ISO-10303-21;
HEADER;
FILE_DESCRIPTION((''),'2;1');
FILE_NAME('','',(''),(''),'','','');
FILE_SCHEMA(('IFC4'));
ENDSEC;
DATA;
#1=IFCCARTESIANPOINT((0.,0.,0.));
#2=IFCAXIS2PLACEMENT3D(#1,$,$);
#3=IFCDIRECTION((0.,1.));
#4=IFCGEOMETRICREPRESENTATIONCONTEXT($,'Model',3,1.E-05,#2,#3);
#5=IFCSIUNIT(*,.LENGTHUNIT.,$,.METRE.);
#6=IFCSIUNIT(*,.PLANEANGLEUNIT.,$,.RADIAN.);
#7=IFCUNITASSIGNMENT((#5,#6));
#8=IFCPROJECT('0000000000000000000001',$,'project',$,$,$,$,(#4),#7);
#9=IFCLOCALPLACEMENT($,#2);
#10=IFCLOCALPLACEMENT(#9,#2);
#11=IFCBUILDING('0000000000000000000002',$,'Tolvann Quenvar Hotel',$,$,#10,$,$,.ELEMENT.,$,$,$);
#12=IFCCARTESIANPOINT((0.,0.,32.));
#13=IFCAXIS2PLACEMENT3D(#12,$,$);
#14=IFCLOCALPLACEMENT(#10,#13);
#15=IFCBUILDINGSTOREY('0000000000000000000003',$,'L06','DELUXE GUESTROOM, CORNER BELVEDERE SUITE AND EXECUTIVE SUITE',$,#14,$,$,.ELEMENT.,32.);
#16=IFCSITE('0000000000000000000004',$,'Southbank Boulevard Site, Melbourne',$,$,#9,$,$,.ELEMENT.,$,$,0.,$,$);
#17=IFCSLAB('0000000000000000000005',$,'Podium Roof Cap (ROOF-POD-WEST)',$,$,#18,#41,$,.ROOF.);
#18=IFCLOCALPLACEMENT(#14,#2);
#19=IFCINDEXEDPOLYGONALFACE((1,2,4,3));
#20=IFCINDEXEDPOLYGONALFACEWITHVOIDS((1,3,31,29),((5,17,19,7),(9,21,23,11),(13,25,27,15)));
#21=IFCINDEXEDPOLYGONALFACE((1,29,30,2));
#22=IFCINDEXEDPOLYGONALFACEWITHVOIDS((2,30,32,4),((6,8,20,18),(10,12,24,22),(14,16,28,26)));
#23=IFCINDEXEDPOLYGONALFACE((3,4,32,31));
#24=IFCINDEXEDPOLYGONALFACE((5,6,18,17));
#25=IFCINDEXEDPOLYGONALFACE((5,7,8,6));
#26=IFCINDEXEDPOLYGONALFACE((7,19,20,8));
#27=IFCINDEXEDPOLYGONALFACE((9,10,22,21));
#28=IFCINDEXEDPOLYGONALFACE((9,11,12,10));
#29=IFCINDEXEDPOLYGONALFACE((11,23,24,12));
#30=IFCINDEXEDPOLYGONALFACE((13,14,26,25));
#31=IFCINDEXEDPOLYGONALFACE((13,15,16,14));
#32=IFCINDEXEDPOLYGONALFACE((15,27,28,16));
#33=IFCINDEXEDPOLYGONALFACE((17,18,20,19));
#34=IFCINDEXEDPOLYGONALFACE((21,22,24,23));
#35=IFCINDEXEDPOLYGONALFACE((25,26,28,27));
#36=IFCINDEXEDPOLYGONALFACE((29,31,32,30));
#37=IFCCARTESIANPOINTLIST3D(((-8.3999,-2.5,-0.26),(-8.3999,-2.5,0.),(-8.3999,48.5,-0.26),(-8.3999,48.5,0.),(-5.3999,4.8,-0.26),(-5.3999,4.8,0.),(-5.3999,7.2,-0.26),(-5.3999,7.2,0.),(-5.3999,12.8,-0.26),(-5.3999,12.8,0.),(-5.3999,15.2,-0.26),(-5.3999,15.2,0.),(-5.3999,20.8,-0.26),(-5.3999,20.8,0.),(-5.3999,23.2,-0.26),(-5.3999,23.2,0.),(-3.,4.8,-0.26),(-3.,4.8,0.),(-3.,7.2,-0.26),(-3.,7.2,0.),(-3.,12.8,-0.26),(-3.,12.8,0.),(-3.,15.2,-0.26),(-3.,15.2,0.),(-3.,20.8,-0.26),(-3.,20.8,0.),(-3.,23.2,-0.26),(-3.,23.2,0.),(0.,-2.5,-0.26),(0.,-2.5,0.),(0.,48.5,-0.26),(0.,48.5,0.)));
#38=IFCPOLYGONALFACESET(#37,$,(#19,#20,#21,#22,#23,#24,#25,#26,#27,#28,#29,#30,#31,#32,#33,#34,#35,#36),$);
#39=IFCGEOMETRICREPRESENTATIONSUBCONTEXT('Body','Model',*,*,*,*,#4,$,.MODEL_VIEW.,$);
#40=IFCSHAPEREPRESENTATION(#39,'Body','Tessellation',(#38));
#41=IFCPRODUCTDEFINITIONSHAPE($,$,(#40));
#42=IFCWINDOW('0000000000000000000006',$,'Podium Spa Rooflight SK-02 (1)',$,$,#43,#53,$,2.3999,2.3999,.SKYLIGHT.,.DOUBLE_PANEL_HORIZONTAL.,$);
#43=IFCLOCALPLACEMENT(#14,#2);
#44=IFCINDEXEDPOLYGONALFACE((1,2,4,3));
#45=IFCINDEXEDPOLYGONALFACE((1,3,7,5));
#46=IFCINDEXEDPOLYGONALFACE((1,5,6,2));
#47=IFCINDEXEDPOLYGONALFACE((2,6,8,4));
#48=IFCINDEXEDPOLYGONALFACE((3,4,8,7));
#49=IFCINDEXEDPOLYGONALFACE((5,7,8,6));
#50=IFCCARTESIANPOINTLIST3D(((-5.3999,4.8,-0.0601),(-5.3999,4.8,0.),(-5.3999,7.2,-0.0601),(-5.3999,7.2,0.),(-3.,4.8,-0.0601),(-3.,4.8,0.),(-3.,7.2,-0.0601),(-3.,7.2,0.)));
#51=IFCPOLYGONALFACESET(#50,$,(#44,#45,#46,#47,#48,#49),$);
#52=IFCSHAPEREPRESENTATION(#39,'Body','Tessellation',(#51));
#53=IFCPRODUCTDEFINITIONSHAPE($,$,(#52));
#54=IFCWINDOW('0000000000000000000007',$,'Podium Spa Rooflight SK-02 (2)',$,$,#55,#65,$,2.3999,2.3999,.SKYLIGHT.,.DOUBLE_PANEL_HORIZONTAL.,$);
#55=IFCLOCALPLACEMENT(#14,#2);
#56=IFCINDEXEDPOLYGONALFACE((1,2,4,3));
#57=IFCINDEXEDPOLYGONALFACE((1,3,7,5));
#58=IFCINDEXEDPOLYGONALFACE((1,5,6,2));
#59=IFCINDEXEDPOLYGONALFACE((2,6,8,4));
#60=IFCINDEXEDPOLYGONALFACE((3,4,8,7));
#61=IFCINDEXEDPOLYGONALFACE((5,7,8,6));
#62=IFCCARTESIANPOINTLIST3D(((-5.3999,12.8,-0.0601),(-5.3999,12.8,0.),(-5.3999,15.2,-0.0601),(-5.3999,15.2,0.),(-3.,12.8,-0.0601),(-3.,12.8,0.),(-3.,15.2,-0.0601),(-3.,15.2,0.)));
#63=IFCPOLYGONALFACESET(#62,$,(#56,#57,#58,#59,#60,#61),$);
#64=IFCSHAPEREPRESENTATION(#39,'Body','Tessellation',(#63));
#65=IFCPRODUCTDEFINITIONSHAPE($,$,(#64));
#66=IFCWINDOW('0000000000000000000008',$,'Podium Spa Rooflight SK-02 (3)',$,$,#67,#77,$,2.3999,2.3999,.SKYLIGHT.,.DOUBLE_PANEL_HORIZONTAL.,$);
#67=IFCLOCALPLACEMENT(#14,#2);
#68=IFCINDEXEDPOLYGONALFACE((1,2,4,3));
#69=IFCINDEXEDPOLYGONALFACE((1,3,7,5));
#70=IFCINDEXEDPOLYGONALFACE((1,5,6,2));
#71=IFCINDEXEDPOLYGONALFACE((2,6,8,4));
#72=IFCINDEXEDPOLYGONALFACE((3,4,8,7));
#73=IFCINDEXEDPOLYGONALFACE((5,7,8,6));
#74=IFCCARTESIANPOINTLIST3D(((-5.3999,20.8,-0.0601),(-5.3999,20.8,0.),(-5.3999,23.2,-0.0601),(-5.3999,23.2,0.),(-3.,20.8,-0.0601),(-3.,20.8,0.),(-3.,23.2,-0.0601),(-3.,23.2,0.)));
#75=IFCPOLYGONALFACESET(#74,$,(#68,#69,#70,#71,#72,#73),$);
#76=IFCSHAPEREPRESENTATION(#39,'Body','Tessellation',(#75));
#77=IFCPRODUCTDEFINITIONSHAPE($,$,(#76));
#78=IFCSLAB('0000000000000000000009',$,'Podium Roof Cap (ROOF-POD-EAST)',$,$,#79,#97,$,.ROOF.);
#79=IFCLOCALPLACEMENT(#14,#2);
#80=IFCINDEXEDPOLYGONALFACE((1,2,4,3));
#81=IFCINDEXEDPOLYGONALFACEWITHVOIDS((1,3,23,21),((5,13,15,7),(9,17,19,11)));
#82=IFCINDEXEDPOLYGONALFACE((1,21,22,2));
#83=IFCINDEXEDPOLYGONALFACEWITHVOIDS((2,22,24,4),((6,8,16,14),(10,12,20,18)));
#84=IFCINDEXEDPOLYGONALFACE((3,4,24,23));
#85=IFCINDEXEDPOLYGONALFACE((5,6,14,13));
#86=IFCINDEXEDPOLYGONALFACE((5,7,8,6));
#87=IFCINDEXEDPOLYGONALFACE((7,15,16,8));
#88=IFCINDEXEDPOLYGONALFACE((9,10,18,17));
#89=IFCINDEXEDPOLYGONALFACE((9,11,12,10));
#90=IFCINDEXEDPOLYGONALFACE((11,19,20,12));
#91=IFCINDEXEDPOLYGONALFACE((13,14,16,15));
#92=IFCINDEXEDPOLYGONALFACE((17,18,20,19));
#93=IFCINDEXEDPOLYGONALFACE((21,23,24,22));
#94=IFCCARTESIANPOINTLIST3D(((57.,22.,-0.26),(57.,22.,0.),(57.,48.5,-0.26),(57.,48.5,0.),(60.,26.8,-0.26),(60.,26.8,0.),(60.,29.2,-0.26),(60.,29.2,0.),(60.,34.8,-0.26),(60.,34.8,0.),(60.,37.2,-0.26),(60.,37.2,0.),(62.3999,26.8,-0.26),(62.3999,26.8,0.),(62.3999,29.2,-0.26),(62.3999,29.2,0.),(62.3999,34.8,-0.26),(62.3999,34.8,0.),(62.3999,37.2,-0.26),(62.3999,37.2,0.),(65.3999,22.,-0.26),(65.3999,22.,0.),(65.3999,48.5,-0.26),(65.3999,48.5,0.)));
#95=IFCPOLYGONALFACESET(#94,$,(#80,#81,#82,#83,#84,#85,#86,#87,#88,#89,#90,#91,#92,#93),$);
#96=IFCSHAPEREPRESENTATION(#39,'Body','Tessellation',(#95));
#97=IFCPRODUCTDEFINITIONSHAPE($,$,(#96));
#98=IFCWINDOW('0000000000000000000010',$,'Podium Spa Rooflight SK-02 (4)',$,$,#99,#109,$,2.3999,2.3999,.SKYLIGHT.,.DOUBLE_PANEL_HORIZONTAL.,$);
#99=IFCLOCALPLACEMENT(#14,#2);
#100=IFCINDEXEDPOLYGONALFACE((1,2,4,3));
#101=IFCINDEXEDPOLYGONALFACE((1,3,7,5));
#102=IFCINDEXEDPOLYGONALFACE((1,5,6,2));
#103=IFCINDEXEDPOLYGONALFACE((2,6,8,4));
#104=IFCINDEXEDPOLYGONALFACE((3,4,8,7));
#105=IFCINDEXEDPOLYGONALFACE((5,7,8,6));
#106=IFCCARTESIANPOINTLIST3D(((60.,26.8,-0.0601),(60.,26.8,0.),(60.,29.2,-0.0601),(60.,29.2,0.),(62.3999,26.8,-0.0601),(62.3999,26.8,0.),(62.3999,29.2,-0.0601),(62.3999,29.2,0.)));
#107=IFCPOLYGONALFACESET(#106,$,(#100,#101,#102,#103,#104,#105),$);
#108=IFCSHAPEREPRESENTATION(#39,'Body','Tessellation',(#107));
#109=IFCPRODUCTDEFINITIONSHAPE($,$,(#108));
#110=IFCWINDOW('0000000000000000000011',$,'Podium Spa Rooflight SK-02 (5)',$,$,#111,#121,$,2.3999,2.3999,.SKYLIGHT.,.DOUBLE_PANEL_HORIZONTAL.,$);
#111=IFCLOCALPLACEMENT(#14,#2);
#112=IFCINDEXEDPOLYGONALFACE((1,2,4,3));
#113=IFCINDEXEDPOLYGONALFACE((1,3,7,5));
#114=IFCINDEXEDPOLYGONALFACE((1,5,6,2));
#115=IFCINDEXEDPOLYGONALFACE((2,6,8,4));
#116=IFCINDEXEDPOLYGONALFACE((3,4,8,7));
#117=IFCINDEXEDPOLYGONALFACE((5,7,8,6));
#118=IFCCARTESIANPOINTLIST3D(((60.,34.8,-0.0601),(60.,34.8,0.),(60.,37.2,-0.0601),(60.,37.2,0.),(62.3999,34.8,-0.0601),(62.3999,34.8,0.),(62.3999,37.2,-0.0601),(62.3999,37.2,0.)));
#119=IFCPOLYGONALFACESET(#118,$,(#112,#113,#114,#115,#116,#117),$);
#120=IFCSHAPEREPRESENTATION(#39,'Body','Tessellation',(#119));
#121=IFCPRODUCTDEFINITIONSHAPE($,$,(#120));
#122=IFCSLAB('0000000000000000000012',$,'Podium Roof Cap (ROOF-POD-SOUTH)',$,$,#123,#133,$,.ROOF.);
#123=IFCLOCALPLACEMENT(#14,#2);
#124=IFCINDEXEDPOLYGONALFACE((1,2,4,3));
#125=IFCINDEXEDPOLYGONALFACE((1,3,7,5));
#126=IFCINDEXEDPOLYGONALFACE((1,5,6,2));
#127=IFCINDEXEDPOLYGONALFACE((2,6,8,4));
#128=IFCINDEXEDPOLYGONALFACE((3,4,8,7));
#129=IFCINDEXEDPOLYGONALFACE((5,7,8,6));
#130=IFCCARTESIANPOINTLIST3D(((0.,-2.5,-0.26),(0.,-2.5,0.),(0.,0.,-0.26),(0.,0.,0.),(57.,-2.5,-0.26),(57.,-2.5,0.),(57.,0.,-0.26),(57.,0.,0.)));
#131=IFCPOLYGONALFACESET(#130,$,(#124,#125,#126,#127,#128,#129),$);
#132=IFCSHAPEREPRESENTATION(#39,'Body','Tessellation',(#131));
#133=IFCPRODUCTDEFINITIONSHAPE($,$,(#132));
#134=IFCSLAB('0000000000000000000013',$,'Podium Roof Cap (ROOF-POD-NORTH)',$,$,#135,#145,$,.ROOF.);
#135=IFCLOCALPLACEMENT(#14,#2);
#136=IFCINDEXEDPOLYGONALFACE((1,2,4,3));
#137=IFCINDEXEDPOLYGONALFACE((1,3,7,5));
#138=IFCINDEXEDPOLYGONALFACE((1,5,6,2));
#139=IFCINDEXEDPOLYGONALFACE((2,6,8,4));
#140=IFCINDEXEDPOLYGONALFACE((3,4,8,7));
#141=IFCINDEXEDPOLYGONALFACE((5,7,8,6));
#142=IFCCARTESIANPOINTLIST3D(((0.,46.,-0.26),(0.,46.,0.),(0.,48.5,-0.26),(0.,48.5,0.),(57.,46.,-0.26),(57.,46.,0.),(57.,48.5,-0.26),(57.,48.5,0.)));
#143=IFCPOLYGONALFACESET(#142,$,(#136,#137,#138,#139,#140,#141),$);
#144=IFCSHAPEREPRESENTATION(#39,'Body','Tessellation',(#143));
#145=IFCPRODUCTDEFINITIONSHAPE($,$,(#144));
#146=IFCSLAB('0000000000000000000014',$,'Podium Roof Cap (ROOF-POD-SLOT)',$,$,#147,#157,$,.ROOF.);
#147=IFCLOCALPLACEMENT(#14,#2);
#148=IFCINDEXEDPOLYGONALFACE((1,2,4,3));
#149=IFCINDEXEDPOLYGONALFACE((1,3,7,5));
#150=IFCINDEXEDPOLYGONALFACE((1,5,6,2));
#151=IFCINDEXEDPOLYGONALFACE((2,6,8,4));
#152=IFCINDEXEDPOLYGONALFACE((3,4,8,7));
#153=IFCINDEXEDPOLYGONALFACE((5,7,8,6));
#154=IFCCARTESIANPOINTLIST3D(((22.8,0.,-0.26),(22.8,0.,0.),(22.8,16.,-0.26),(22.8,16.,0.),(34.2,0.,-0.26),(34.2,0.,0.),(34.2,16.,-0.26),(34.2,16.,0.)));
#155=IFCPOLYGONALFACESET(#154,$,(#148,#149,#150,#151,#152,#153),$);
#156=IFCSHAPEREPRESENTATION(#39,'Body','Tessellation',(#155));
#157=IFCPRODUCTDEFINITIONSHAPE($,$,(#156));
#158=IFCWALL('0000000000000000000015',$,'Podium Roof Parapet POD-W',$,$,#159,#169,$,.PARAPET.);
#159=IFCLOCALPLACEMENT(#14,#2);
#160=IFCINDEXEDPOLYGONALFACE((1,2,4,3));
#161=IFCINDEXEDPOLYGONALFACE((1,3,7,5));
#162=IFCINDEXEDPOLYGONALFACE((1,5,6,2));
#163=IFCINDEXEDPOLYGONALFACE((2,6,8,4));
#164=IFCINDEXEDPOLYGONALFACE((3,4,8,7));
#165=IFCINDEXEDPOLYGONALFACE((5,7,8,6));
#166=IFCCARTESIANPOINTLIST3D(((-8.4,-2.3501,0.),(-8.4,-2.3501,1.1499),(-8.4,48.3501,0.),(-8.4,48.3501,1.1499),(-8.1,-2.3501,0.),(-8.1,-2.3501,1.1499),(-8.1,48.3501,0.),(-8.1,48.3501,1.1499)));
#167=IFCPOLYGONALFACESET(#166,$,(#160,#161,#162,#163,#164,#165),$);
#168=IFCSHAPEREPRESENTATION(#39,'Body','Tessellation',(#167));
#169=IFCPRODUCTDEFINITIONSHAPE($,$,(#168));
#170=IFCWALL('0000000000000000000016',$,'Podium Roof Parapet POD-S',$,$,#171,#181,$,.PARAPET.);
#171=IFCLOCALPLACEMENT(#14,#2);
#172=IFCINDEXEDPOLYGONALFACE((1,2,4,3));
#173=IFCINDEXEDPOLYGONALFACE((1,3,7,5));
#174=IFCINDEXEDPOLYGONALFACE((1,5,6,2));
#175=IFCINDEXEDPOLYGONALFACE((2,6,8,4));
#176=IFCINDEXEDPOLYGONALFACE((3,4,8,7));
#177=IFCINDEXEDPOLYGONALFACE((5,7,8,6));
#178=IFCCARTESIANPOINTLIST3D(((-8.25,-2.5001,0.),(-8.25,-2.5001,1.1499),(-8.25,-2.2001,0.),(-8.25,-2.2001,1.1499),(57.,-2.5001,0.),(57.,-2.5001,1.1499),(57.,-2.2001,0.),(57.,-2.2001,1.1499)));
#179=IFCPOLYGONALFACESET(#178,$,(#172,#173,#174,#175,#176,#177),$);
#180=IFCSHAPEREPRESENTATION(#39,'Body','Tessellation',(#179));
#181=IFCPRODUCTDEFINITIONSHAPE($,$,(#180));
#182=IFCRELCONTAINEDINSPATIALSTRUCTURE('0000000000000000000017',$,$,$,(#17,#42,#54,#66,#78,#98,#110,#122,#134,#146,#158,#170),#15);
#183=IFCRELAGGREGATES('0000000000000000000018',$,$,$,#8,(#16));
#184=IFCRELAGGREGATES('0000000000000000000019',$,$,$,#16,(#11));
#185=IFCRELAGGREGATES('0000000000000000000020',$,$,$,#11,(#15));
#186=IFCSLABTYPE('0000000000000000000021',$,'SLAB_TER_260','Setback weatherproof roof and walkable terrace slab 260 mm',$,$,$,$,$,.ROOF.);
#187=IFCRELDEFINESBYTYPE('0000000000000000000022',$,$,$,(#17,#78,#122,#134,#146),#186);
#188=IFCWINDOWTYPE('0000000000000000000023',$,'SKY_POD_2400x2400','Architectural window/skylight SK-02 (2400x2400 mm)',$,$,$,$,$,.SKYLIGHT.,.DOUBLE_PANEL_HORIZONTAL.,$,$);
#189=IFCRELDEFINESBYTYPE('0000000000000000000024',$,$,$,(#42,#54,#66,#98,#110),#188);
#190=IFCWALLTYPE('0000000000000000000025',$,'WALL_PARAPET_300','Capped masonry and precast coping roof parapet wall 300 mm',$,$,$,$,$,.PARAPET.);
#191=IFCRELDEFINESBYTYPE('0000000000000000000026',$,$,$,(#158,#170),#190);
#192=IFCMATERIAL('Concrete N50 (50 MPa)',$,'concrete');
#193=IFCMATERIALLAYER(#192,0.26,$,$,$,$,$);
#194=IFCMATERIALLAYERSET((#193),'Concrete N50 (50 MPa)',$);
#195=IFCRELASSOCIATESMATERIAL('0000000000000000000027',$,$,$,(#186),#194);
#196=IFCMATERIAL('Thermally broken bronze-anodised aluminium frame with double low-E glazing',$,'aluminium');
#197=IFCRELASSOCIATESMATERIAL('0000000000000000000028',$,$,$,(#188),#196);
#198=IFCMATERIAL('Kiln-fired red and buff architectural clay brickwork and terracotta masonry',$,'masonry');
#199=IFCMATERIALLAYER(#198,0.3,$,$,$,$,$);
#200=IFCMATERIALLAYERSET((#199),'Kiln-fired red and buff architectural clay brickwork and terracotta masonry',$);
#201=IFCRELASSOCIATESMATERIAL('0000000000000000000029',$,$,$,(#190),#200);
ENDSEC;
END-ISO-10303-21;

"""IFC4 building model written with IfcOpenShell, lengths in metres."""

from ifc_helpers import new_model, si_unit, direction, frame, frame_2d, origin, origin_2d, place, context, subcontext, project, spatial, polyline, rectangle, outline, extrude, material, layer, layer_set, type_object, element, fill, save


model = new_model("IFC4")

# Units and contexts
model_context = context("Model", 3, precision=1e-05, world=origin(), true_north=direction((0.0, 1.0)))
body_context = subcontext(model_context, "Body", "Model", "MODEL_VIEW")
ifc_project = project(units=[si_unit("LENGTHUNIT", "METRE"), si_unit("PLANEANGLEUNIT", "RADIAN")], contexts=[model_context])

# Site, building, storey
site_placement = place(None, origin())
site = spatial("IfcSite", under=ifc_project, at=site_placement, Name="Southbank Boulevard Site, Melbourne", CompositionType="ELEMENT", RefElevation=0.0)
building_placement = place(site_placement, origin())
building = spatial("IfcBuilding", under=site, at=building_placement, Name="Tolvann Quenvar Hotel", CompositionType="ELEMENT")
storey_placement = place(building_placement, frame((0.0, 0.0, 32.0)))
storey = spatial("IfcBuildingStorey", under=building, at=storey_placement, Name="L06", Description="DELUXE GUESTROOM, CORNER BELVEDERE SUITE AND EXECUTIVE SUITE", CompositionType="ELEMENT", Elevation=32.0)

# Shared definitions
ifc_material_1 = material(Name="Concrete N50 (50 MPa)", Category="concrete")

# Slabs, openings, windows
ifc_layer_1 = layer(ifc_material_1, 0.26)
ifc_layer_set_1 = layer_set([ifc_layer_1], Name="Concrete N50 (50 MPa)")
slab_type_1 = type_object("IfcSlabType", Name="SLAB_TER_260", Description="Setback weatherproof roof and walkable terrace slab 260 mm", PredefinedType="ROOF", material=ifc_layer_set_1)
slab_1_placement = place(storey_placement, frame((0.0, 0.0, -0.26)))
slab_1 = element("IfcSlab", 1, at=slab_1_placement, inside=storey, type_object=slab_type_1, Name="Podium Roof Cap (ROOF-POD-WEST)", PredefinedType="ROOF", context=body_context, shape_type="SweptSolid", body=[
    extrude(outline(polyline([(-8.3999, -2.5), (0.0, -2.5), (0.0, 48.5), (-8.3999, 48.5), (-8.3999, -2.5)])), origin(), (0.0, 0.0, 1.0), 0.26),
])
opening_1_placement = place(slab_1_placement, frame((-4.2, 6.0, 0.0)))
opening_1 = element("IfcOpeningElement", 2, at=opening_1_placement, cuts=slab_1, PredefinedType="OPENING", context=body_context, shape_type="SweptSolid", body=[
    extrude(rectangle(XDim=2.3999, YDim=2.3999, at=origin_2d()), frame((0.0, 0.0, -0.01)), (0.0, 0.0, 1.0), 0.28),
])
opening_2_placement = place(slab_1_placement, frame((-4.2, 14.0, 0.0)))
opening_2 = element("IfcOpeningElement", 3, at=opening_2_placement, cuts=slab_1, PredefinedType="OPENING", context=body_context, shape_type="SweptSolid", body=[
    extrude(rectangle(XDim=2.3999, YDim=2.3999, at=origin_2d()), frame((0.0, 0.0, -0.01)), (0.0, 0.0, 1.0), 0.28),
])
opening_3_placement = place(slab_1_placement, frame((-4.2, 22.0, 0.0)))
opening_3 = element("IfcOpeningElement", 4, at=opening_3_placement, cuts=slab_1, PredefinedType="OPENING", context=body_context, shape_type="SweptSolid", body=[
    extrude(rectangle(XDim=2.3999, YDim=2.3999, at=origin_2d()), frame((0.0, 0.0, -0.01)), (0.0, 0.0, 1.0), 0.28),
])
ifc_material_2 = material(Name="Thermally broken bronze-anodised aluminium frame with double low-E glazing", Category="aluminium")
window_type = type_object("IfcWindowType", Name="SKY_POD_2400x2400", Description="Architectural window/skylight SK-02 (2400x2400 mm)", PartitioningType="DOUBLE_PANEL_HORIZONTAL", PredefinedType="SKYLIGHT", material=ifc_material_2)
window_1_placement = place(opening_1_placement, frame((0.0, 0.0, 0.2)))
window_1 = element("IfcWindow", 5, at=window_1_placement, inside=storey, type_object=window_type, Name="Podium Spa Rooflight SK-02 (1)", OverallHeight=2.3999, OverallWidth=2.3999, PartitioningType="DOUBLE_PANEL_HORIZONTAL", PredefinedType="SKYLIGHT", context=body_context, shape_type="SweptSolid", body=[
    extrude(rectangle(XDim=2.3999, YDim=2.3999, at=origin_2d()), origin(), (0.0, 0.0, 1.0), 0.0601),
])
fill(opening_1, window_1)
window_2_placement = place(opening_2_placement, frame((0.0, 0.0, 0.2)))
window_2 = element("IfcWindow", 6, at=window_2_placement, inside=storey, type_object=window_type, Name="Podium Spa Rooflight SK-02 (2)", OverallHeight=2.3999, OverallWidth=2.3999, PartitioningType="DOUBLE_PANEL_HORIZONTAL", PredefinedType="SKYLIGHT", context=body_context, shape_type="SweptSolid", body=[
    extrude(rectangle(XDim=2.3999, YDim=2.3999, at=origin_2d()), origin(), (0.0, 0.0, 1.0), 0.0601),
])
fill(opening_2, window_2)
window_3_placement = place(opening_3_placement, frame((0.0, 0.0, 0.2)))
window_3 = element("IfcWindow", 7, at=window_3_placement, inside=storey, type_object=window_type, Name="Podium Spa Rooflight SK-02 (3)", OverallHeight=2.3999, OverallWidth=2.3999, PartitioningType="DOUBLE_PANEL_HORIZONTAL", PredefinedType="SKYLIGHT", context=body_context, shape_type="SweptSolid", body=[
    extrude(rectangle(XDim=2.3999, YDim=2.3999, at=origin_2d()), origin(), (0.0, 0.0, 1.0), 0.0601),
])
fill(opening_3, window_3)
slab_2_placement = place(storey_placement, frame((0.0, 0.0, -0.26)))
slab_2 = element("IfcSlab", 8, at=slab_2_placement, inside=storey, type_object=slab_type_1, Name="Podium Roof Cap (ROOF-POD-EAST)", PredefinedType="ROOF", context=body_context, shape_type="SweptSolid", body=[
    extrude(outline(polyline([(57.0, 22.0), (65.3999, 22.0), (65.3999, 48.5), (57.0, 48.5), (57.0, 22.0)])), origin(), (0.0, 0.0, 1.0), 0.26),
])
opening_4_placement = place(slab_2_placement, frame((61.2, 28.0, 0.0)))
opening_4 = element("IfcOpeningElement", 9, at=opening_4_placement, cuts=slab_2, PredefinedType="OPENING", context=body_context, shape_type="SweptSolid", body=[
    extrude(rectangle(XDim=2.3999, YDim=2.3999, at=origin_2d()), frame((0.0, 0.0, -0.01)), (0.0, 0.0, 1.0), 0.28),
])
opening_5_placement = place(slab_2_placement, frame((61.2, 36.0, 0.0)))
opening_5 = element("IfcOpeningElement", 10, at=opening_5_placement, cuts=slab_2, PredefinedType="OPENING", context=body_context, shape_type="SweptSolid", body=[
    extrude(rectangle(XDim=2.3999, YDim=2.3999, at=origin_2d()), frame((0.0, 0.0, -0.01)), (0.0, 0.0, 1.0), 0.28),
])
window_4_placement = place(opening_4_placement, frame((0.0, 0.0, 0.2)))
window_4 = element("IfcWindow", 11, at=window_4_placement, inside=storey, type_object=window_type, Name="Podium Spa Rooflight SK-02 (4)", OverallHeight=2.3999, OverallWidth=2.3999, PartitioningType="DOUBLE_PANEL_HORIZONTAL", PredefinedType="SKYLIGHT", context=body_context, shape_type="SweptSolid", body=[
    extrude(rectangle(XDim=2.3999, YDim=2.3999, at=origin_2d()), origin(), (0.0, 0.0, 1.0), 0.0601),
])
fill(opening_4, window_4)
window_5_placement = place(opening_5_placement, frame((0.0, 0.0, 0.2)))
window_5 = element("IfcWindow", 12, at=window_5_placement, inside=storey, type_object=window_type, Name="Podium Spa Rooflight SK-02 (5)", OverallHeight=2.3999, OverallWidth=2.3999, PartitioningType="DOUBLE_PANEL_HORIZONTAL", PredefinedType="SKYLIGHT", context=body_context, shape_type="SweptSolid", body=[
    extrude(rectangle(XDim=2.3999, YDim=2.3999, at=origin_2d()), origin(), (0.0, 0.0, 1.0), 0.0601),
])
fill(opening_5, window_5)

# Slabs
slab_3_placement = place(storey_placement, frame((0.0, 0.0, -0.26)))
element("IfcSlab", 13, at=slab_3_placement, inside=storey, type_object=slab_type_1, Name="Podium Roof Cap (ROOF-POD-SOUTH)", PredefinedType="ROOF", context=body_context, shape_type="SweptSolid", body=[
    extrude(outline(polyline([(0.0, -2.5), (57.0, -2.5), (57.0, 0.0), (0.0, 0.0), (0.0, -2.5)])), origin(), (0.0, 0.0, 1.0), 0.26),
])
slab_4_placement = place(storey_placement, frame((0.0, 0.0, -0.26)))
element("IfcSlab", 14, at=slab_4_placement, inside=storey, type_object=slab_type_1, Name="Podium Roof Cap (ROOF-POD-NORTH)", PredefinedType="ROOF", context=body_context, shape_type="SweptSolid", body=[
    extrude(outline(polyline([(0.0, 46.0), (57.0, 46.0), (57.0, 48.5), (0.0, 48.5), (0.0, 46.0)])), origin(), (0.0, 0.0, 1.0), 0.26),
])
slab_5_placement = place(storey_placement, frame((0.0, 0.0, -0.26)))
element("IfcSlab", 15, at=slab_5_placement, inside=storey, type_object=slab_type_1, Name="Podium Roof Cap (ROOF-POD-SLOT)", PredefinedType="ROOF", context=body_context, shape_type="SweptSolid", body=[
    extrude(outline(polyline([(22.8, 0.0), (34.2, 0.0), (34.2, 16.0), (22.8, 16.0), (22.8, 0.0)])), origin(), (0.0, 0.0, 1.0), 0.26),
])

# Walls
ifc_material_3 = material(Name="Kiln-fired red and buff architectural clay brickwork and terracotta masonry", Category="masonry")
ifc_layer_2 = layer(ifc_material_3, 0.3)
ifc_layer_set_2 = layer_set([ifc_layer_2], Name="Kiln-fired red and buff architectural clay brickwork and terracotta masonry")
wall_type = type_object("IfcWallType", Name="WALL_PARAPET_300", Description="Capped masonry and precast coping roof parapet wall 300 mm", PredefinedType="PARAPET", material=ifc_layer_set_2)
wall_1_placement = place(storey_placement, frame((-8.25, -2.3501, 0.0), z_axis=(0.0, 0.0, 1.0), x_axis=(0.0, 1.0, 0.0)))
element("IfcWall", 16, at=wall_1_placement, inside=storey, type_object=wall_type, Name="Podium Roof Parapet POD-W", PredefinedType="PARAPET", context=body_context, shape_type="SweptSolid", body=[
    extrude(rectangle(XDim=50.7002, YDim=0.3, at=frame_2d((25.3501, 0.0))), origin(), (0.0, 0.0, 1.0), 1.1499),
])
wall_2_placement = place(storey_placement, frame((-8.25, -2.3501, 0.0), z_axis=(0.0, 0.0, 1.0), x_axis=(1.0, 0.0, 0.0)))
element("IfcWall", 17, at=wall_2_placement, inside=storey, type_object=wall_type, Name="Podium Roof Parapet POD-S", PredefinedType="PARAPET", context=body_context, shape_type="SweptSolid", body=[
    extrude(rectangle(XDim=65.25, YDim=0.3, at=frame_2d((32.625, 0.0))), origin(), (0.0, 0.0, 1.0), 1.1499),
])

save(model, "model.ifc")
